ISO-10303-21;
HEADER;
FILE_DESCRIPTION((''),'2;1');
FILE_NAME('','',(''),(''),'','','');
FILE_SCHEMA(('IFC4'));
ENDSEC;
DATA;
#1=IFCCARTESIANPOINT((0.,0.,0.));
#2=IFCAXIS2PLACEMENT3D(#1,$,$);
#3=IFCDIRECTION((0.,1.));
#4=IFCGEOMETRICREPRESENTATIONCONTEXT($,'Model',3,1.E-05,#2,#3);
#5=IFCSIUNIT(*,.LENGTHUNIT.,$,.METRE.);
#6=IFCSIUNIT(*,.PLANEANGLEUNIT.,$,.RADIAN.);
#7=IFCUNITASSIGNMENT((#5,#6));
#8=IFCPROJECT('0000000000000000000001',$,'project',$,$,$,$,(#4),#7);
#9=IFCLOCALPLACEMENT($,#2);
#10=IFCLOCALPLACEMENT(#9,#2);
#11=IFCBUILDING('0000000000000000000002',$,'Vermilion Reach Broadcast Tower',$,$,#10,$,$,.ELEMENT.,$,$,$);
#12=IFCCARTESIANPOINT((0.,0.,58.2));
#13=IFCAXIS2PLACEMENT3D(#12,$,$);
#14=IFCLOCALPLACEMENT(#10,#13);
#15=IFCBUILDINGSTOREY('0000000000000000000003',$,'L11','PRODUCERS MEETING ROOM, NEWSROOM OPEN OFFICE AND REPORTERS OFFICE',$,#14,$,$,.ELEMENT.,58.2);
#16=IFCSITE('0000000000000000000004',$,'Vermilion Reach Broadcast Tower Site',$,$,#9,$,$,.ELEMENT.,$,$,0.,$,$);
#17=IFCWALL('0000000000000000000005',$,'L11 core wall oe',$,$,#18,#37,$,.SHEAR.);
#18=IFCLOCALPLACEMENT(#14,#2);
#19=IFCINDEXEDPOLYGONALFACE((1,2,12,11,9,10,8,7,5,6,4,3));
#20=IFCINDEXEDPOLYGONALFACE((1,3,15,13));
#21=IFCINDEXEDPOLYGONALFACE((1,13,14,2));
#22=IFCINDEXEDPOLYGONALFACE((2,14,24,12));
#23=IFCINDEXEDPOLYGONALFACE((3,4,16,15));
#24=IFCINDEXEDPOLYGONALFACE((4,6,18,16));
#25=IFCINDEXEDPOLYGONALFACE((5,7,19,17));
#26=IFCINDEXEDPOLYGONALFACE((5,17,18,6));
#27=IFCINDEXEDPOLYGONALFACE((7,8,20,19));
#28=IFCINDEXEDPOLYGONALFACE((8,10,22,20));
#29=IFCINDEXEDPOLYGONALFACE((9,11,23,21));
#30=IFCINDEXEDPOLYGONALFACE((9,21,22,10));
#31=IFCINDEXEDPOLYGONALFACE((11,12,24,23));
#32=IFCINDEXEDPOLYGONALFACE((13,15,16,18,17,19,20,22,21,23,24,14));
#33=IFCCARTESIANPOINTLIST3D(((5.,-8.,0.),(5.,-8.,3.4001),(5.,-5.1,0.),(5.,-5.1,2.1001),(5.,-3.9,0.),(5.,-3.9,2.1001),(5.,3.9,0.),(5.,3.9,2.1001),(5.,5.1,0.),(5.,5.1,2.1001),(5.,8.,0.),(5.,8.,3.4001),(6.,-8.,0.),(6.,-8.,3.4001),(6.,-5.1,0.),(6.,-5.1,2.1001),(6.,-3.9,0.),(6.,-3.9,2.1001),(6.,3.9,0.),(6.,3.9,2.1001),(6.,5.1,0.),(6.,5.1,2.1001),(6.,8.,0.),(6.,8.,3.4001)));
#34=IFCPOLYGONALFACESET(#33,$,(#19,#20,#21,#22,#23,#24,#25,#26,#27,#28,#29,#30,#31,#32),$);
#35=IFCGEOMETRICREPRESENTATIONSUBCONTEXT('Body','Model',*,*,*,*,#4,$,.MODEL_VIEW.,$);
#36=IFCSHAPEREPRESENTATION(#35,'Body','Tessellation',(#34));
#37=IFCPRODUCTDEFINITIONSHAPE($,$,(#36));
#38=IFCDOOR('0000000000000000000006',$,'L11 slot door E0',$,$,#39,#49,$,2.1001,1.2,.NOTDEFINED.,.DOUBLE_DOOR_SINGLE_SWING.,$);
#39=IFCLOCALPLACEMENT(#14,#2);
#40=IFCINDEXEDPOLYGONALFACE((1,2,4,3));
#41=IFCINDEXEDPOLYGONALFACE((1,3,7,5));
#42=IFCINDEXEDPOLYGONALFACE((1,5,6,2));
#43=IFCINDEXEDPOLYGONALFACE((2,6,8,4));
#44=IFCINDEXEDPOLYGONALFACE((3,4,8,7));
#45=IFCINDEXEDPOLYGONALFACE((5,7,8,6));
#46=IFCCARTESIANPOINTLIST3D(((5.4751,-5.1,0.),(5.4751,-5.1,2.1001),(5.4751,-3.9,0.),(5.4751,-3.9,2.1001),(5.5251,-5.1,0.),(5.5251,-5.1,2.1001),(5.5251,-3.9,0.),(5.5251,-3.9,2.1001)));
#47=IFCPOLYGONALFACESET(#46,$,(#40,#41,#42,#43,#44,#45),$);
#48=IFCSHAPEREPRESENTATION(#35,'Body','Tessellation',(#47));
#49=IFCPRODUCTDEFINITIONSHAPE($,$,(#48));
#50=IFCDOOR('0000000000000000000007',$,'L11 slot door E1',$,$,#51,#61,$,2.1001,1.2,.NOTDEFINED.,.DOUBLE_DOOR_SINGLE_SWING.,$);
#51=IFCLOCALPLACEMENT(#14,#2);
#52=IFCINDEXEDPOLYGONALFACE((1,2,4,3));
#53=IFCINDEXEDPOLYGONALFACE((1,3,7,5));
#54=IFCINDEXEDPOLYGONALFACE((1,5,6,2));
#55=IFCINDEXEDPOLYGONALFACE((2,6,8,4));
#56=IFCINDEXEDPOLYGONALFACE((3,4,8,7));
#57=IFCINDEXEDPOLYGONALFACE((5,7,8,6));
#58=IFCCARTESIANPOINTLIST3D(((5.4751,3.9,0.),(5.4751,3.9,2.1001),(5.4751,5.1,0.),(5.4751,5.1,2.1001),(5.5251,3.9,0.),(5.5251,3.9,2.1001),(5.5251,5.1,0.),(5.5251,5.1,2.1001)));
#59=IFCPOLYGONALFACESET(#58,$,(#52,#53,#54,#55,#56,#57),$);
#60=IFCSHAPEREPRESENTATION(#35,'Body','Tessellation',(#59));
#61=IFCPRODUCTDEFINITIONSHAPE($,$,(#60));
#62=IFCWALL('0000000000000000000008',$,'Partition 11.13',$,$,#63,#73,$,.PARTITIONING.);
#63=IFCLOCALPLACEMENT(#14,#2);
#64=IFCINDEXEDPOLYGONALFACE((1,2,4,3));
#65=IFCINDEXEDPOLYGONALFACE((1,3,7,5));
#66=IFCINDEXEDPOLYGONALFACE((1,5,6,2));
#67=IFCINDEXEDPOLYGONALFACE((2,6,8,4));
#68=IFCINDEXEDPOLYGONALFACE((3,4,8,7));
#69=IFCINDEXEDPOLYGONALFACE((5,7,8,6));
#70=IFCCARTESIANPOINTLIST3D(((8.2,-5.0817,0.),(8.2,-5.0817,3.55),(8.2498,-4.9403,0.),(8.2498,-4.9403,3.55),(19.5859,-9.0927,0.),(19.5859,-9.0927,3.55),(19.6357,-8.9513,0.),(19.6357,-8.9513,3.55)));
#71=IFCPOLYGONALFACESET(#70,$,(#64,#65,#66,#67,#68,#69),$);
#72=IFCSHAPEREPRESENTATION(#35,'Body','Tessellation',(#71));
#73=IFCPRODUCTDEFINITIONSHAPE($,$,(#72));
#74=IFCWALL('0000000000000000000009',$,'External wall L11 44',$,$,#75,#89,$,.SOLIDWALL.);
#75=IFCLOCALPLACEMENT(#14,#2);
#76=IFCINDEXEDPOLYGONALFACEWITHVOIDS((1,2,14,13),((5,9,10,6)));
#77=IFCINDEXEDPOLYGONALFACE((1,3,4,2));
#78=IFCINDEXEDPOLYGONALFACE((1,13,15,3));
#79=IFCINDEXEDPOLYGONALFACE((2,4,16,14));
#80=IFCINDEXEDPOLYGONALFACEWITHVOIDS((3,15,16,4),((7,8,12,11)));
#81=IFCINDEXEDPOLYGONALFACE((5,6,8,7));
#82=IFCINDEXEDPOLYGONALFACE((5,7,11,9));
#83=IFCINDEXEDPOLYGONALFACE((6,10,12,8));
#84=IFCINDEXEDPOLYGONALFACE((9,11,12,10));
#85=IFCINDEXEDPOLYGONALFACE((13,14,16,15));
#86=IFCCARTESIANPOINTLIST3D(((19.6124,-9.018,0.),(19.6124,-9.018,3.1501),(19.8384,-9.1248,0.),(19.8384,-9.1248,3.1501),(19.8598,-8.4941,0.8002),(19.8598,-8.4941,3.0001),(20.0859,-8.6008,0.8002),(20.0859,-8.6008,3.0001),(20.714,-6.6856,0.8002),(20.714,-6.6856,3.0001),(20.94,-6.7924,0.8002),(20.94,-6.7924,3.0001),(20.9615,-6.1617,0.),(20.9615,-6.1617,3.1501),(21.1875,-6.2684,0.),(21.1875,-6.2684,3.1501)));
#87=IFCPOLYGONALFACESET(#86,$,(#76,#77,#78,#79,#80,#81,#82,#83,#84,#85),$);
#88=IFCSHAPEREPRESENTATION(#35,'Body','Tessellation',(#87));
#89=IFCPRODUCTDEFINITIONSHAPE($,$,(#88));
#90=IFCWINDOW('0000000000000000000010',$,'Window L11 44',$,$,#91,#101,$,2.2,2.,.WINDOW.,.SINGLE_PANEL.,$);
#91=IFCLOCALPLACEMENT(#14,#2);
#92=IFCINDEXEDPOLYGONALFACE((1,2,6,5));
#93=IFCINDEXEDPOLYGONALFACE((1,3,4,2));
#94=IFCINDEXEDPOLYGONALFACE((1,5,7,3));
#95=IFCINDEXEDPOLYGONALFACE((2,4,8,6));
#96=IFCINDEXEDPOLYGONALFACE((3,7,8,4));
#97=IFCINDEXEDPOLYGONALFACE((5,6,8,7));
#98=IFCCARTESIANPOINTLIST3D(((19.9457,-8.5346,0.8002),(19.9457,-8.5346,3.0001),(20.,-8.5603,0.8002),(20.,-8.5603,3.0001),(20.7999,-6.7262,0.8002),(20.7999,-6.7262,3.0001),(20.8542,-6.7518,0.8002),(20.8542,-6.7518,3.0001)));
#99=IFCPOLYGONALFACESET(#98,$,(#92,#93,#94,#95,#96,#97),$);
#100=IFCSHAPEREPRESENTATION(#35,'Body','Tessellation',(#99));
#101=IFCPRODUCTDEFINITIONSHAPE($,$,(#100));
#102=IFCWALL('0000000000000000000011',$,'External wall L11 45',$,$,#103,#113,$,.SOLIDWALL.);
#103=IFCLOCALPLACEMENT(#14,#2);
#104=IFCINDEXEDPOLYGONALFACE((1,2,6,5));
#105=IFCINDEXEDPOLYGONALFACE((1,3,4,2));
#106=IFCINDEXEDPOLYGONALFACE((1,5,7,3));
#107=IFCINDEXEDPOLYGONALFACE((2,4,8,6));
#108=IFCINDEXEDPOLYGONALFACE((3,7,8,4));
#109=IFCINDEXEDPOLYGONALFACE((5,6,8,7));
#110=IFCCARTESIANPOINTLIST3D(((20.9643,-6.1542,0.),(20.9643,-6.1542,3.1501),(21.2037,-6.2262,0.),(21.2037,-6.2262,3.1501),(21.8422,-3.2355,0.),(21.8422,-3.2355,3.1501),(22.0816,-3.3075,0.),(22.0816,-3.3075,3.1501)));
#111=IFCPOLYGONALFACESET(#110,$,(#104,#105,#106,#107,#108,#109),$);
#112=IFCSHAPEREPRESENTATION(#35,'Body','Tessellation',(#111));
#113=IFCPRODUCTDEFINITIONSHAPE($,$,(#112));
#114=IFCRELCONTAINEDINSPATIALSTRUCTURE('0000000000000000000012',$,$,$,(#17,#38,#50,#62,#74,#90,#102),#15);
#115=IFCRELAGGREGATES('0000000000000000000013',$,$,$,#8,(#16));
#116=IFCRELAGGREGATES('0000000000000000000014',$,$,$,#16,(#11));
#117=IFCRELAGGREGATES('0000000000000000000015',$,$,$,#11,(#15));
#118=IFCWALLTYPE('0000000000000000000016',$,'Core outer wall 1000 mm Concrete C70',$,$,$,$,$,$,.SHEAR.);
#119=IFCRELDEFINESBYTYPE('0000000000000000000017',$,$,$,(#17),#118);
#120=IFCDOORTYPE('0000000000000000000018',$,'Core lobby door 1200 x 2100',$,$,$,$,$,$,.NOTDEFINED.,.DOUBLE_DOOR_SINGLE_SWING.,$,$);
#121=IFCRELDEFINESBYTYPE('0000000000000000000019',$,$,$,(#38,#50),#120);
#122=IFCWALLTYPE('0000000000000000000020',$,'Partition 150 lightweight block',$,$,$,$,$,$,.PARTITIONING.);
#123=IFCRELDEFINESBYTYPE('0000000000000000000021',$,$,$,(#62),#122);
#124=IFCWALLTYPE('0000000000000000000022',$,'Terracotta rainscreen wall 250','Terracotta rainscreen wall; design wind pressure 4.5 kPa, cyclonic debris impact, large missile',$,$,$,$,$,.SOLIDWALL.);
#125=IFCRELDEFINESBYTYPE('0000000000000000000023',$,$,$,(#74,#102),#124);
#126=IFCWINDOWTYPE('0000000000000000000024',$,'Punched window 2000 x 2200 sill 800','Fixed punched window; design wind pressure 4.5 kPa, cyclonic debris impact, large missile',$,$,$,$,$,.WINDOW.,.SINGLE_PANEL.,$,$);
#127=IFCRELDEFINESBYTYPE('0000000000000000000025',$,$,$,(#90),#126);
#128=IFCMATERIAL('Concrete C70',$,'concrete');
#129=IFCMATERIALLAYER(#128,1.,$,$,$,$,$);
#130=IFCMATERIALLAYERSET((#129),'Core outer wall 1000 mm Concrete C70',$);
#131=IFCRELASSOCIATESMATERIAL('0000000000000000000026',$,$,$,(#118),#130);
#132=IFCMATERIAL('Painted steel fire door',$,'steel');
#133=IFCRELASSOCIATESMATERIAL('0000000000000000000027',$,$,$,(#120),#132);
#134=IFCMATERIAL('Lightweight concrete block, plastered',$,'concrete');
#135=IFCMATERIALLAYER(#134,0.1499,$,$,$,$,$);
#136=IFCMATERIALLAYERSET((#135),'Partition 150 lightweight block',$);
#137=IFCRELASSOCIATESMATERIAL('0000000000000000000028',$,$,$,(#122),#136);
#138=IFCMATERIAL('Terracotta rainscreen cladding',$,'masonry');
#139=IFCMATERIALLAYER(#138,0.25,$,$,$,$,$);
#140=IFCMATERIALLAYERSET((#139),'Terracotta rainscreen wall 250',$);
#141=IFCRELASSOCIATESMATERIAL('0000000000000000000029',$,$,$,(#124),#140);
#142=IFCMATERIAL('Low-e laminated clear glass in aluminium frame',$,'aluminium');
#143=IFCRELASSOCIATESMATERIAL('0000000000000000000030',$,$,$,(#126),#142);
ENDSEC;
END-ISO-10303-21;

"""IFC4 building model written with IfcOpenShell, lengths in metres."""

from ifc_helpers import new_model, si_unit, direction, frame, frame_2d, origin, place, context, subcontext, project, spatial, rectangle, extrude, material, layer, layer_set, type_object, element, fill, save


model = new_model("IFC4")

# Units and contexts
model_context = context("Model", 3, precision=1e-05, world=origin(), true_north=direction((0.0, 1.0)))
body_context = subcontext(model_context, "Body", "Model", "MODEL_VIEW")
ifc_project = project(units=[si_unit("LENGTHUNIT", "METRE"), si_unit("PLANEANGLEUNIT", "RADIAN")], contexts=[model_context])

# Site, building, storey
site_placement = place(None, origin())
site = spatial("IfcSite", under=ifc_project, at=site_placement, Name="Vermilion Reach Broadcast Tower Site", CompositionType="ELEMENT", RefElevation=0.0)
building_placement = place(site_placement, origin())
building = spatial("IfcBuilding", under=site, at=building_placement, Name="Vermilion Reach Broadcast Tower", CompositionType="ELEMENT")
storey_placement = place(building_placement, frame((0.0, 0.0, 58.2)))
storey = spatial("IfcBuildingStorey", under=building, at=storey_placement, Name="L11", Description="PRODUCERS MEETING ROOM, NEWSROOM OPEN OFFICE AND REPORTERS OFFICE", CompositionType="ELEMENT", Elevation=58.2)

# Wall, openings, doors
ifc_material_1 = material(Name="Concrete C70", Category="concrete")
ifc_layer_1 = layer(ifc_material_1, 1.0)
ifc_layer_set_1 = layer_set([ifc_layer_1], Name="Core outer wall 1000 mm Concrete C70")
wall_type_1 = type_object("IfcWallType", Name="Core outer wall 1000 mm Concrete C70", PredefinedType="SHEAR", material=ifc_layer_set_1)
wall_1_placement = place(storey_placement, frame((5.5, -8.0, 0.0), z_axis=(0.0, 0.0, 1.0), x_axis=(0.0, 1.0, 0.0)))
wall_1 = element("IfcWall", 1, at=wall_1_placement, inside=storey, type_object=wall_type_1, Name="L11 core wall oe", PredefinedType="SHEAR", context=body_context, shape_type="SweptSolid", body=[
    extrude(rectangle(XDim=16.0, YDim=1.0, at=frame_2d((8.0, 0.0))), origin(), (0.0, 0.0, 1.0), 3.4001),
])
opening_1_placement = place(wall_1_placement, frame((2.8999, 0.0, 0.0)))
opening_1 = element("IfcOpeningElement", 2, at=opening_1_placement, cuts=wall_1, PredefinedType="OPENING", context=body_context, shape_type="SweptSolid", body=[
    extrude(rectangle(XDim=1.2, YDim=2.1001, at=frame_2d((0.6001, 1.05))), frame((0.0, 0.51, 0.0), z_axis=(0.0, -1.0, 0.0), x_axis=(1.0, 0.0, 0.0)), (0.0, 0.0, 1.0), 1.02),
])
opening_2_placement = place(wall_1_placement, frame((11.8999, 0.0, 0.0)))
opening_2 = element("IfcOpeningElement", 3, at=opening_2_placement, cuts=wall_1, PredefinedType="OPENING", context=body_context, shape_type="SweptSolid", body=[
    extrude(rectangle(XDim=1.2, YDim=2.1001, at=frame_2d((0.6001, 1.05))), frame((0.0, 0.51, 0.0), z_axis=(0.0, -1.0, 0.0), x_axis=(1.0, 0.0, 0.0)), (0.0, 0.0, 1.0), 1.02),
])
ifc_material_2 = material(Name="Painted steel fire door", Category="steel")
door_type = type_object("IfcDoorType", Name="Core lobby door 1200 x 2100", OperationType="DOUBLE_DOOR_SINGLE_SWING", PredefinedType="NOTDEFINED", material=ifc_material_2)
door_1_placement = place(opening_1_placement, origin())
door_1 = element("IfcDoor", 4, at=door_1_placement, inside=storey, type_object=door_type, Name="L11 slot door E0", OperationType="DOUBLE_DOOR_SINGLE_SWING", OverallHeight=2.1001, OverallWidth=1.2, PredefinedType="NOTDEFINED", context=body_context, shape_type="SweptSolid", body=[
    extrude(rectangle(XDim=1.2, YDim=2.1001, at=frame_2d((0.6001, 1.05))), frame((0.0, 0.0249, 0.0), z_axis=(0.0, -1.0, 0.0), x_axis=(1.0, 0.0, 0.0)), (0.0, 0.0, 1.0), 0.05),
])
fill(opening_1, door_1)
door_2_placement = place(opening_2_placement, origin())
door_2 = element("IfcDoor", 5, at=door_2_placement, inside=storey, type_object=door_type, Name="L11 slot door E1", OperationType="DOUBLE_DOOR_SINGLE_SWING", OverallHeight=2.1001, OverallWidth=1.2, PredefinedType="NOTDEFINED", context=body_context, shape_type="SweptSolid", body=[
    extrude(rectangle(XDim=1.2, YDim=2.1001, at=frame_2d((0.6001, 1.05))), frame((0.0, 0.0249, 0.0), z_axis=(0.0, -1.0, 0.0), x_axis=(1.0, 0.0, 0.0)), (0.0, 0.0, 1.0), 0.05),
])
fill(opening_2, door_2)

# Wall
ifc_material_3 = material(Name="Lightweight concrete block, plastered", Category="concrete")
ifc_layer_2 = layer(ifc_material_3, 0.1499)
ifc_layer_set_2 = layer_set([ifc_layer_2], Name="Partition 150 lightweight block")
wall_type_2 = type_object("IfcWallType", Name="Partition 150 lightweight block", PredefinedType="PARTITIONING", material=ifc_layer_set_2)
wall_2_placement = place(storey_placement, frame((19.6108, -9.022, 0.0), z_axis=(0.0, 0.0, 1.0), x_axis=(-0.943188, 0.33226, 0.0)))
element("IfcWall", 6, at=wall_2_placement, inside=storey, type_object=wall_type_2, Name="Partition 11.13", PredefinedType="PARTITIONING", context=body_context, shape_type="SweptSolid", body=[
    extrude(rectangle(XDim=12.0718, YDim=0.1499, at=frame_2d((6.0359, 0.0))), origin(), (0.0, 0.0, 1.0), 3.55),
])

# Wall, opening, window
ifc_material_4 = material(Name="Terracotta rainscreen cladding", Category="masonry")
ifc_layer_3 = layer(ifc_material_4, 0.25)
ifc_layer_set_3 = layer_set([ifc_layer_3], Name="Terracotta rainscreen wall 250")
wall_type_3 = type_object("IfcWallType", Name="Terracotta rainscreen wall 250", Description="Terracotta rainscreen wall; design wind pressure 4.5 kPa, cyclonic debris impact, large missile", PredefinedType="SOLIDWALL", material=ifc_layer_set_3)
wall_3_placement = place(storey_placement, frame((19.7253, -9.0715, 0.0), z_axis=(0.0, 0.0, 1.0), x_axis=(0.427069, 0.904219, 0.0)))
wall_3 = element("IfcWall", 7, at=wall_3_placement, inside=storey, type_object=wall_type_3, Name="External wall L11 44", PredefinedType="SOLIDWALL", context=body_context, shape_type="SweptSolid", body=[
    extrude(rectangle(XDim=3.1589, YDim=0.25, at=frame_2d((1.5796, 0.0))), origin(), (0.0, 0.0, 1.0), 3.1501),
])
opening_3_placement = place(wall_3_placement, frame((0.5796, 0.0, 0.8)))
opening_3 = element("IfcOpeningElement", 8, at=opening_3_placement, cuts=wall_3, PredefinedType="OPENING", context=body_context, shape_type="SweptSolid", body=[
    extrude(rectangle(XDim=2.0, YDim=2.2, at=frame_2d((1.0, 1.1001))), frame((0.0, 0.135, 0.0), z_axis=(0.0, -1.0, 0.0), x_axis=(1.0, 0.0, 0.0)), (0.0, 0.0, 1.0), 0.27),
])
ifc_material_5 = material(Name="Low-e laminated clear glass in aluminium frame", Category="aluminium")
window_type = type_object("IfcWindowType", Name="Punched window 2000 x 2200 sill 800", Description="Fixed punched window; design wind pressure 4.5 kPa, cyclonic debris impact, large missile", PartitioningType="SINGLE_PANEL", PredefinedType="WINDOW", material=ifc_material_5)
window_placement = place(opening_3_placement, origin())
window = element("IfcWindow", 9, at=window_placement, inside=storey, type_object=window_type, Name="Window L11 44", OverallHeight=2.2, OverallWidth=2.0, PartitioningType="SINGLE_PANEL", PredefinedType="WINDOW", context=body_context, shape_type="SweptSolid", body=[
    extrude(rectangle(XDim=2.0, YDim=2.2, at=frame_2d((1.0, 1.1001))), frame((0.0, 0.03, 0.0), z_axis=(0.0, -1.0, 0.0), x_axis=(1.0, 0.0, 0.0)), (0.0, 0.0, 1.0), 0.0601),
])
fill(opening_3, window)

# Wall
wall_4_placement = place(storey_placement, frame((21.084, -6.1902, 0.0), z_axis=(0.0, 0.0, 1.0), x_axis=(0.288046, 0.957617, 0.0)))
element("IfcWall", 10, at=wall_4_placement, inside=storey, type_object=wall_type_3, Name="External wall L11 45", PredefinedType="SOLIDWALL", context=body_context, shape_type="SweptSolid", body=[
    extrude(rectangle(XDim=3.0479, YDim=0.25, at=frame_2d((1.5239, 0.0))), origin(), (0.0, 0.0, 1.0), 3.1501),
])

save(model, "model.ifc")
